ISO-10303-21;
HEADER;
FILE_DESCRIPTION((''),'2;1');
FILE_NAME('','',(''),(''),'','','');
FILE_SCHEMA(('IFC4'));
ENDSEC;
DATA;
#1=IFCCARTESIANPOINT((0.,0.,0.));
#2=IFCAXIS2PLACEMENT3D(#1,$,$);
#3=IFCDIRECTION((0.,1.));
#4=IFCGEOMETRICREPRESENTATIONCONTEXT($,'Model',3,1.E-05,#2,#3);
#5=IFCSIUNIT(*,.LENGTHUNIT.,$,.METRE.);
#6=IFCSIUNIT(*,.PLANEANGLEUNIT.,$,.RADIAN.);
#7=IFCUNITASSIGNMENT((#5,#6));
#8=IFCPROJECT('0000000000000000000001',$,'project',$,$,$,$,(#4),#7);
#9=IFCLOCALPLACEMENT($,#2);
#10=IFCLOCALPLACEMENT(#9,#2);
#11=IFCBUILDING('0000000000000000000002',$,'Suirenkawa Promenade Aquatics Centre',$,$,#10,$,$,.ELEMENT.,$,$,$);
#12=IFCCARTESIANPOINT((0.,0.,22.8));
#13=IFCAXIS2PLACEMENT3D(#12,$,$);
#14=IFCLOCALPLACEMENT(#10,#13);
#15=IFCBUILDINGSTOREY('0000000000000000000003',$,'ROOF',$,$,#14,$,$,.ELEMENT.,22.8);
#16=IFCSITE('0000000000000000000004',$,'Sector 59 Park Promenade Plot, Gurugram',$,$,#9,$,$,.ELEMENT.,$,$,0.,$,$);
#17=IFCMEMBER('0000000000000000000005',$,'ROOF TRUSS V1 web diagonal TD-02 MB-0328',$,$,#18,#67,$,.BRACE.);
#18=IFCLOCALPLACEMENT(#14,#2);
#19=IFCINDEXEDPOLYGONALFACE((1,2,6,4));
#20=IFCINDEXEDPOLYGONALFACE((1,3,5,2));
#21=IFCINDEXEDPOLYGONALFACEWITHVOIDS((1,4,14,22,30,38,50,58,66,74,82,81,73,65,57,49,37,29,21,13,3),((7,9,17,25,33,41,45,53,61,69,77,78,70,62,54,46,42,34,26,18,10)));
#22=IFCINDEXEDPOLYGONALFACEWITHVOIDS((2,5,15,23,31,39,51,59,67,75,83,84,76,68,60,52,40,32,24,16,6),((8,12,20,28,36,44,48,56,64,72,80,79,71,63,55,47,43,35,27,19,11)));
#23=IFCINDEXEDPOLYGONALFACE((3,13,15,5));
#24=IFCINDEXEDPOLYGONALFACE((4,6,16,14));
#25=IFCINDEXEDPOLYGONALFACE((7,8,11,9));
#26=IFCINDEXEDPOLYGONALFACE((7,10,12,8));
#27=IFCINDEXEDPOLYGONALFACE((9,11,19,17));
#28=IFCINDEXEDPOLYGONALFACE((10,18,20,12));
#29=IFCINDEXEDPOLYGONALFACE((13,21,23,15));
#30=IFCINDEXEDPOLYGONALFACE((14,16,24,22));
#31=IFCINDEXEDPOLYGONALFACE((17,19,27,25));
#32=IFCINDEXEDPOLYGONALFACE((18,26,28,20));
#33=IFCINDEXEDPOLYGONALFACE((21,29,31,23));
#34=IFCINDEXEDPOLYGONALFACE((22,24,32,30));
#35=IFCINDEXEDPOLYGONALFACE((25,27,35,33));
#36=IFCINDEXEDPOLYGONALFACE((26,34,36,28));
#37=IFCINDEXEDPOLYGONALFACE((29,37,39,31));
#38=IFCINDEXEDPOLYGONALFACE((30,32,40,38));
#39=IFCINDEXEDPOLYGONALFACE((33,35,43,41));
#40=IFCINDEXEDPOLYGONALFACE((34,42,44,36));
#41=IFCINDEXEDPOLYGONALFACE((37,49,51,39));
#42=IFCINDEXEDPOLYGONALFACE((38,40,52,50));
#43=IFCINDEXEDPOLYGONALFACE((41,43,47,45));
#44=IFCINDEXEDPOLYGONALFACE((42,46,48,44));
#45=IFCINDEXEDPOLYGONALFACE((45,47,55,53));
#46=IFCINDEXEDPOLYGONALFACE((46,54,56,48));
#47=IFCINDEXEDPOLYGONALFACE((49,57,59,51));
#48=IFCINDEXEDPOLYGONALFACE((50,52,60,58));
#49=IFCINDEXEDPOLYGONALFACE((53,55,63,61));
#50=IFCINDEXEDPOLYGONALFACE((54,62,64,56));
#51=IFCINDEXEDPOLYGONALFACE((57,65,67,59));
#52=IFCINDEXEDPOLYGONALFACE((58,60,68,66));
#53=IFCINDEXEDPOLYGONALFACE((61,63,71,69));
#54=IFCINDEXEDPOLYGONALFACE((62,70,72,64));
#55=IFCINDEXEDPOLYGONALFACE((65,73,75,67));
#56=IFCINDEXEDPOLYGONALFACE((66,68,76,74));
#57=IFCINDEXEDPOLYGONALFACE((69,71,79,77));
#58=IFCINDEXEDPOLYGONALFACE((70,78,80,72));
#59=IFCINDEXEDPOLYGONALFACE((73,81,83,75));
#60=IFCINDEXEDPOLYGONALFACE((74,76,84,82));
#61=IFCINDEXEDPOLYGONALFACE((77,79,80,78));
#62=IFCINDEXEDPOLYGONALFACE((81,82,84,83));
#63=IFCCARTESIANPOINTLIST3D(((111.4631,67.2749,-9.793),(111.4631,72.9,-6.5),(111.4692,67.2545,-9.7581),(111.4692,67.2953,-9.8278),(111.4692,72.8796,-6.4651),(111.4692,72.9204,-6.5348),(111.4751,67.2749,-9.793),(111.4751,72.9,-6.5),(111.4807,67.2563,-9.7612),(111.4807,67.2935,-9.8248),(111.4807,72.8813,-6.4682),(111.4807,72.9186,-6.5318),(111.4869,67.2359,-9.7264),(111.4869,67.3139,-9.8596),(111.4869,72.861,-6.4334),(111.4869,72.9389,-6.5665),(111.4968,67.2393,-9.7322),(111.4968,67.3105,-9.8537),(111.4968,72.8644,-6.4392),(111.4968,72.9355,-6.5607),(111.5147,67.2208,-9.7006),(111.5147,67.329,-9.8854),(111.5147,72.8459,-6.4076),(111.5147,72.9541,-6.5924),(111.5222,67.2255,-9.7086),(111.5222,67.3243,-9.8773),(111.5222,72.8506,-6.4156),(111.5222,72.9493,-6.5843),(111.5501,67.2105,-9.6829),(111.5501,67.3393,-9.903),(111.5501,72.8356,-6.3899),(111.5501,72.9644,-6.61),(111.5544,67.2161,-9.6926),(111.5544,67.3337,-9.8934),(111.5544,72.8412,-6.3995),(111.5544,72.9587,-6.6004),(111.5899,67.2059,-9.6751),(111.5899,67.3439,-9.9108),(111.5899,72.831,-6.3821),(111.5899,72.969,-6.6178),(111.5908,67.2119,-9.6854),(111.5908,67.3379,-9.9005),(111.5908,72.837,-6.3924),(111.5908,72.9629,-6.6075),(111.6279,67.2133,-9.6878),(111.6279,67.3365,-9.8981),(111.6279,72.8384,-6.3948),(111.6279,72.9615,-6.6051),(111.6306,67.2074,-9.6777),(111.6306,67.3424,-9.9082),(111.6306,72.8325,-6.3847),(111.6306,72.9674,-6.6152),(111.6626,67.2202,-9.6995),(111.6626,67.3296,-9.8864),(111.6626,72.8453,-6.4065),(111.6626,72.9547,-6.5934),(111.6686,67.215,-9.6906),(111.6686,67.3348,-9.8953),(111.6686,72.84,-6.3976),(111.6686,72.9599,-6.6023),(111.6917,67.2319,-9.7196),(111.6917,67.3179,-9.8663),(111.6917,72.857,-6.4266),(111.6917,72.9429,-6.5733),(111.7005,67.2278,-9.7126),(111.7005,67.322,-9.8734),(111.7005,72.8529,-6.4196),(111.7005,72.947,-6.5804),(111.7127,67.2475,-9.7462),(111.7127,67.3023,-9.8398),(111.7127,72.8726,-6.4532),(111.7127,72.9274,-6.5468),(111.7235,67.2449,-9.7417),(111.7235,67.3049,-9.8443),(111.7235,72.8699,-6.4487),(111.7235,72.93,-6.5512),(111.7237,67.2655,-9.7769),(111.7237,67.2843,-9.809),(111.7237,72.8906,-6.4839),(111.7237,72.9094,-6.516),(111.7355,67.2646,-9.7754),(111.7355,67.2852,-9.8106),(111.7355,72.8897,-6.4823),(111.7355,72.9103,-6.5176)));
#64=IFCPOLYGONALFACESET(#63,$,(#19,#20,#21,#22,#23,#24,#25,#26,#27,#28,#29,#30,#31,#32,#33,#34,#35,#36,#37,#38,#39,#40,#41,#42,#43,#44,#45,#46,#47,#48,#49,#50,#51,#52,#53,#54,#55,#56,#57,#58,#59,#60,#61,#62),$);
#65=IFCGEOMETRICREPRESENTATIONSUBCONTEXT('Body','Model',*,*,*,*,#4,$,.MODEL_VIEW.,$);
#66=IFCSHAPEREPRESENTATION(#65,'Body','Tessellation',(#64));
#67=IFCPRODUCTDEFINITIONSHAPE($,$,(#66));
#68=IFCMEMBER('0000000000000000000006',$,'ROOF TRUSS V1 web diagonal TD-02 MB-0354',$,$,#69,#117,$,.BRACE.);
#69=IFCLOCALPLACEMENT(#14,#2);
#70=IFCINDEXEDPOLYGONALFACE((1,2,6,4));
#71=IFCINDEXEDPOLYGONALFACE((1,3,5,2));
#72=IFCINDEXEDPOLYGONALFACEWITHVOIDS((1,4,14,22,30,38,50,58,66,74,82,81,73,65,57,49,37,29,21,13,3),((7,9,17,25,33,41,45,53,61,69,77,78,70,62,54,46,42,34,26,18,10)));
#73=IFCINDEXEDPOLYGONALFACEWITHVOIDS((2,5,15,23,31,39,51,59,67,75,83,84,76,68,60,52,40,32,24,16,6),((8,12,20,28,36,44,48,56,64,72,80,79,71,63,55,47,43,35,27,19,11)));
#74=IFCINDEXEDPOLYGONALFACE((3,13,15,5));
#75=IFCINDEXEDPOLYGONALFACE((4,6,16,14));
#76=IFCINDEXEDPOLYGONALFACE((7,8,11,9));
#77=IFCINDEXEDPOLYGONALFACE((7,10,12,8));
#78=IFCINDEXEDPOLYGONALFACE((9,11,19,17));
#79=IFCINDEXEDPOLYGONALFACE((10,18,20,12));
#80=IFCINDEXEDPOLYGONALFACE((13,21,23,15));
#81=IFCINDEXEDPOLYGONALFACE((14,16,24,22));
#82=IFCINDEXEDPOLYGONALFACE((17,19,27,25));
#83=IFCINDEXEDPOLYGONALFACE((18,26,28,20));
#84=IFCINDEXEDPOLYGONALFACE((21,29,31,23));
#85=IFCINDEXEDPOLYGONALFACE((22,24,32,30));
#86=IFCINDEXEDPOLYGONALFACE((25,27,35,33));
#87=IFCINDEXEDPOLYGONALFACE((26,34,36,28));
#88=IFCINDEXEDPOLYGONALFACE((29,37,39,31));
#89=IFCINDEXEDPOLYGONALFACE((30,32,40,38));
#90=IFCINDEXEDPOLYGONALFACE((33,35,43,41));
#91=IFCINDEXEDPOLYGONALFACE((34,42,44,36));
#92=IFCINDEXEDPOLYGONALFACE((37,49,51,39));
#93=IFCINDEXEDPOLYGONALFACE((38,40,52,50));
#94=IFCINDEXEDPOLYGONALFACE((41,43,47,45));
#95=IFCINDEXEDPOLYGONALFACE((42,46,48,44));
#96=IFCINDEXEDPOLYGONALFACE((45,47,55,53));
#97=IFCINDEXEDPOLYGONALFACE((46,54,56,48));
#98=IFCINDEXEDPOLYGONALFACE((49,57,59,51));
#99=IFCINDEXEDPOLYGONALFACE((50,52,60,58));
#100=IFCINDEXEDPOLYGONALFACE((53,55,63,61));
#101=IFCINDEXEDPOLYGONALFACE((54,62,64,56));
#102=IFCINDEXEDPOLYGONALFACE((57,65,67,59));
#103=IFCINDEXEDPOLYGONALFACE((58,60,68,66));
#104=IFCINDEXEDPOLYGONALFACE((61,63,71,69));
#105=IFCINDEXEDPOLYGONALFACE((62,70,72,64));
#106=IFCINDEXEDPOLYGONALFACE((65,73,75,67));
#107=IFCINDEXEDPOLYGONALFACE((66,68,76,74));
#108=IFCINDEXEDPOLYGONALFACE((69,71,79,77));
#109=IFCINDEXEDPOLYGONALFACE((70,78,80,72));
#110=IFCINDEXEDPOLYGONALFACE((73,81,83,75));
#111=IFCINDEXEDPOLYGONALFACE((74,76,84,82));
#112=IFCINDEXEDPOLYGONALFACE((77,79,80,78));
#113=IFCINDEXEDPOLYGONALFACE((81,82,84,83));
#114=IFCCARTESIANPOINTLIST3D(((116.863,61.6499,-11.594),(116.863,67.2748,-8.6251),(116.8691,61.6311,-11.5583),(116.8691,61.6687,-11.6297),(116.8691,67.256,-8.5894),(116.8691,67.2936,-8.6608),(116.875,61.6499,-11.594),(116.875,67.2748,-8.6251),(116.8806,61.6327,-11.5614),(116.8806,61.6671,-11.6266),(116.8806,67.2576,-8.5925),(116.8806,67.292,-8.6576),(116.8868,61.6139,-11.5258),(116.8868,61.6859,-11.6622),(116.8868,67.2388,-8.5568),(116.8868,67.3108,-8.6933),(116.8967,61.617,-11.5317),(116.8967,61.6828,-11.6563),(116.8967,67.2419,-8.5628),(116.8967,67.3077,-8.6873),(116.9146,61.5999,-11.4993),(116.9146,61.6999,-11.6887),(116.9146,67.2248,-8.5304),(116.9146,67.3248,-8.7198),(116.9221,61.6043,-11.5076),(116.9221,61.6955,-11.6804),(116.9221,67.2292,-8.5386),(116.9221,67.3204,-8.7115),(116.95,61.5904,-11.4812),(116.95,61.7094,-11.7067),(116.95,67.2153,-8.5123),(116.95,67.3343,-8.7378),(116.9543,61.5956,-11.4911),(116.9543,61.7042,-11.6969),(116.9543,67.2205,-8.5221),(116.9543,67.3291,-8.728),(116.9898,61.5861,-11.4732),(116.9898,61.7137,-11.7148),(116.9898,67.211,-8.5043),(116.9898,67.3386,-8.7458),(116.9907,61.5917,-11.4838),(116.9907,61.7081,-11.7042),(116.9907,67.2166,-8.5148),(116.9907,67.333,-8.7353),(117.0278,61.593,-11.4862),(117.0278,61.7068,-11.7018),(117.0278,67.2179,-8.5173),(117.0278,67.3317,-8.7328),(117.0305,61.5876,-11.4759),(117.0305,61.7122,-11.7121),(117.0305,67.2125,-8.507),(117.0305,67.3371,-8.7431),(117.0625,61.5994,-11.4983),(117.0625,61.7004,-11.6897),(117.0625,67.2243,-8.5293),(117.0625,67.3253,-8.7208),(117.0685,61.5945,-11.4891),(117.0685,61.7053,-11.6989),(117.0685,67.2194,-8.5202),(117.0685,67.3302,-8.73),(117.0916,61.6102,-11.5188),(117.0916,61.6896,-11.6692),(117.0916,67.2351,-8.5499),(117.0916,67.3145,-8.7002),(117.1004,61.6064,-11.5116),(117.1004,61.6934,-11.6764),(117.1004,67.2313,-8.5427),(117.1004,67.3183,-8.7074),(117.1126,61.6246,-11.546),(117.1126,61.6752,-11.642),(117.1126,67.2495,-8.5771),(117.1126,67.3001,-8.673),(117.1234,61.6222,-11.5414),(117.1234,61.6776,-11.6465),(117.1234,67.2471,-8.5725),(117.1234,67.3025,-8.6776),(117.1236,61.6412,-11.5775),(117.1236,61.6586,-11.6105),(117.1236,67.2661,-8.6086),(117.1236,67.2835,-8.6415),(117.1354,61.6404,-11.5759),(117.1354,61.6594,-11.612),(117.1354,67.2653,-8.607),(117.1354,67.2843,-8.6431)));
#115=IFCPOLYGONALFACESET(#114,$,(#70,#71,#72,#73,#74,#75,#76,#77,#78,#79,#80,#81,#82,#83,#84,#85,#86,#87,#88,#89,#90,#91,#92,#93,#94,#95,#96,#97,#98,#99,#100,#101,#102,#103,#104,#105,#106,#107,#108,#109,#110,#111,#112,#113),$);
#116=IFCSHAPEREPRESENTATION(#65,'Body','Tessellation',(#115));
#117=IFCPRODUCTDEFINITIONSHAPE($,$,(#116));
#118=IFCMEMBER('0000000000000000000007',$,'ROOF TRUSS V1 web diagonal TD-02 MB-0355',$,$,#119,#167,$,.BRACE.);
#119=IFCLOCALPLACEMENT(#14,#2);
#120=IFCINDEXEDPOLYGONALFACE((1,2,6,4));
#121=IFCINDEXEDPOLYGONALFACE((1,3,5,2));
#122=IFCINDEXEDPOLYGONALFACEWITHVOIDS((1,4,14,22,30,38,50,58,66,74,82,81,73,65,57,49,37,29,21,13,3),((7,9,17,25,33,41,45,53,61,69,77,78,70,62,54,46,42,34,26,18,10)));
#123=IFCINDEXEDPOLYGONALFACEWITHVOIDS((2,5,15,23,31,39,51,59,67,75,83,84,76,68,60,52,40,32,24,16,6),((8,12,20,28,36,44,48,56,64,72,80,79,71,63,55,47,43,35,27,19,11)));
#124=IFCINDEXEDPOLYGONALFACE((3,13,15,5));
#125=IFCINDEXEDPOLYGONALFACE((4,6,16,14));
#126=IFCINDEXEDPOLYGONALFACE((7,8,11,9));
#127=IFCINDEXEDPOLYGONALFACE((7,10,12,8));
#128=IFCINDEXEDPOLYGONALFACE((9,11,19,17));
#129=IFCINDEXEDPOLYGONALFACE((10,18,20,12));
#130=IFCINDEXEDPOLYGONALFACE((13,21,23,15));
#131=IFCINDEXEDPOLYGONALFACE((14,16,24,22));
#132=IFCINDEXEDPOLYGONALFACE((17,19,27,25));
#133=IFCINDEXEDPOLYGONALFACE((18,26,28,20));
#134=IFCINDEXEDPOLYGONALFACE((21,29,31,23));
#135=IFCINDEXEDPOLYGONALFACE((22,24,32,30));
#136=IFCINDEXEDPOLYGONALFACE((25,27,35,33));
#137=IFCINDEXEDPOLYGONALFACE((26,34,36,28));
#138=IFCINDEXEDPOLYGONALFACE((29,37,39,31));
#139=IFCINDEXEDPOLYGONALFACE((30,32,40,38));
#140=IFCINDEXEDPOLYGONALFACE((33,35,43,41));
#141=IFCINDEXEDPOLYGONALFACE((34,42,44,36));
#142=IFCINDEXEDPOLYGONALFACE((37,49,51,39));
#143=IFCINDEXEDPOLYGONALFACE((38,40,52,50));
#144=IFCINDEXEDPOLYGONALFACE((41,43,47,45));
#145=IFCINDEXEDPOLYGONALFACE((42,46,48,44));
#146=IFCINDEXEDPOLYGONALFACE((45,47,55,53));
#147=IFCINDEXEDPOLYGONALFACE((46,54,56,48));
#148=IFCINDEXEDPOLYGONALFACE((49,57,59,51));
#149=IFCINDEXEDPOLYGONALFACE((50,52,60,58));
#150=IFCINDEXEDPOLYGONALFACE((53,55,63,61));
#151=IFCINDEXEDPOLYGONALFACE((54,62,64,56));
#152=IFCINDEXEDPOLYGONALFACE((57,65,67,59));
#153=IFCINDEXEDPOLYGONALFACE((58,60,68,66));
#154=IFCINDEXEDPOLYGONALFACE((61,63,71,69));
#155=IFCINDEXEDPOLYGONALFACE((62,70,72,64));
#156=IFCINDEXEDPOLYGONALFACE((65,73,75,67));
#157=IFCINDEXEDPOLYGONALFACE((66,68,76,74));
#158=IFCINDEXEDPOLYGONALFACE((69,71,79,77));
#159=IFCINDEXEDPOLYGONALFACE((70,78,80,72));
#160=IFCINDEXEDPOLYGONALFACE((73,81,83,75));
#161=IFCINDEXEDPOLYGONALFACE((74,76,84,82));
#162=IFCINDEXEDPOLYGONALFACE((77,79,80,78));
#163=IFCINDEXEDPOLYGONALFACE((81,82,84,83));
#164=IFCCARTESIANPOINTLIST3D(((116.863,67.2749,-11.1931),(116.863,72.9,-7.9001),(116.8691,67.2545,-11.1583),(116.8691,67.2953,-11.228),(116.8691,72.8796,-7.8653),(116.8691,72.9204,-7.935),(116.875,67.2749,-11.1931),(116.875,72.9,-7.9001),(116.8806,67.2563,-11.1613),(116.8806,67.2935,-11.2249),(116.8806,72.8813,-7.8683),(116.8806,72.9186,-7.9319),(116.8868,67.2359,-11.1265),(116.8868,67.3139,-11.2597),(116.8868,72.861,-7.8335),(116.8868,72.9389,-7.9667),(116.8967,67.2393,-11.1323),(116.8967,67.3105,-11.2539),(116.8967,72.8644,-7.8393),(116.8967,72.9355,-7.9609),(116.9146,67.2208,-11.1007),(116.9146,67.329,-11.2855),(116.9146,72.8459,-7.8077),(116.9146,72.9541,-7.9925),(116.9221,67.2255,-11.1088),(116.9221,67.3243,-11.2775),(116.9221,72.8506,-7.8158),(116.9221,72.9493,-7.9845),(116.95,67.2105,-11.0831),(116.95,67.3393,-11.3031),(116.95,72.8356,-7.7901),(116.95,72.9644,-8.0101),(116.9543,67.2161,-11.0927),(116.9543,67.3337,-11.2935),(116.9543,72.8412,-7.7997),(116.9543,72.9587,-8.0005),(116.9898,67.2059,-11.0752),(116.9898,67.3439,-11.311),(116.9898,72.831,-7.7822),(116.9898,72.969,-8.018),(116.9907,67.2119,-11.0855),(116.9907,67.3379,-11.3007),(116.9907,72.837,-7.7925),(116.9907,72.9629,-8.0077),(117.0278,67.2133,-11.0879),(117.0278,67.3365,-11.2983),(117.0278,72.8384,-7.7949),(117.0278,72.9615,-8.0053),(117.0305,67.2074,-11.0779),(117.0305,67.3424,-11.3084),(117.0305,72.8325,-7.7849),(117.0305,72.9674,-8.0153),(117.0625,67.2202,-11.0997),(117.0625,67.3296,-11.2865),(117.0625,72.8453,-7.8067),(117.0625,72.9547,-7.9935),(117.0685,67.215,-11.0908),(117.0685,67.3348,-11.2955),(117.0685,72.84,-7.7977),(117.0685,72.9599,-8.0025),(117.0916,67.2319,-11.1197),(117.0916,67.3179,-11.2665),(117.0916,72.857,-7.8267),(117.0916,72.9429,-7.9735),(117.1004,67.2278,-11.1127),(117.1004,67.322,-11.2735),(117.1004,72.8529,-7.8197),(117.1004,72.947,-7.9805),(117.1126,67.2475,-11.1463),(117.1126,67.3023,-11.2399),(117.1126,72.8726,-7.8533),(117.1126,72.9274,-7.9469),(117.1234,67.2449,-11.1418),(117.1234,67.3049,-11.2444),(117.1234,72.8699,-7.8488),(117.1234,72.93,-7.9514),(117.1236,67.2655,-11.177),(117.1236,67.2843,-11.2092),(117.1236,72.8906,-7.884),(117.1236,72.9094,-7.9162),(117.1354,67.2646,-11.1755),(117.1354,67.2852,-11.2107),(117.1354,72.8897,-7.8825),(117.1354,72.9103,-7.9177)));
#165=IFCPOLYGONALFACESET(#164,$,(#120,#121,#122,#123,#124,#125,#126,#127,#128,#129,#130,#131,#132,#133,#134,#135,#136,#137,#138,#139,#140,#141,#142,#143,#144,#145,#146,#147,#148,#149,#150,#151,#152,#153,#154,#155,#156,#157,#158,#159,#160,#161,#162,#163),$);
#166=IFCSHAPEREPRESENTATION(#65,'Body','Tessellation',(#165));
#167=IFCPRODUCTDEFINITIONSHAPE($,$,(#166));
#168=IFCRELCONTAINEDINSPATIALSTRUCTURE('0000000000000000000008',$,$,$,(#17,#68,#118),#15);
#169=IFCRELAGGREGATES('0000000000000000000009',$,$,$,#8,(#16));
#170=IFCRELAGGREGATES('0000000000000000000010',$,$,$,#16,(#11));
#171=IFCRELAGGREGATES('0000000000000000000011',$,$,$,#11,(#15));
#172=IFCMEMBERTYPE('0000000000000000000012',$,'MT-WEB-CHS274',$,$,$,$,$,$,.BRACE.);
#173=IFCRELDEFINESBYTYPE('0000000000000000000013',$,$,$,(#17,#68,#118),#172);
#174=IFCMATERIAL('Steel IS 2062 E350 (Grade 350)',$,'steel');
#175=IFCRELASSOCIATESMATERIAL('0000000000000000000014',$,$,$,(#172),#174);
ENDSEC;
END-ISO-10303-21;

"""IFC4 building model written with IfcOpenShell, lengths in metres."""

from ifc_helpers import new_model, si_unit, direction, frame, origin, origin_2d, place, context, subcontext, project, spatial, hollow_circle, extrude, material, material_profile, profile_set, type_object, element, save


model = new_model("IFC4")

# Units and contexts
model_context = context("Model", 3, precision=1e-05, world=origin(), true_north=direction((0.0, 1.0)))
body_context = subcontext(model_context, "Body", "Model", "MODEL_VIEW")
ifc_project = project(units=[si_unit("LENGTHUNIT", "METRE"), si_unit("PLANEANGLEUNIT", "RADIAN")], contexts=[model_context])

# Site, building, storey
site_placement = place(None, origin())
site = spatial("IfcSite", under=ifc_project, at=site_placement, Name="Sector 59 Park Promenade Plot, Gurugram", CompositionType="ELEMENT", RefElevation=0.0)
building_placement = place(site_placement, origin())
building = spatial("IfcBuilding", under=site, at=building_placement, Name="Suirenkawa Promenade Aquatics Centre", CompositionType="ELEMENT")
storey_placement = place(building_placement, frame((0.0, 0.0, 22.8)))
storey = spatial("IfcBuildingStorey", under=building, at=storey_placement, Name="ROOF", CompositionType="ELEMENT", Elevation=22.8)

# Shared definitions
ifc_material = material(Name="Steel IS 2062 E350 (Grade 350)", Category="steel")

# Members
ifc_material_profile_1 = material_profile(ifc_material, hollow_circle(Radius=0.137, WallThickness=0.012, at=origin_2d()), Name="CHS 274x12", Category="steel")
ifc_profile_set_1 = profile_set([ifc_material_profile_1], Name="Steel IS 2062 E350 (Grade 350)")
member_type_1 = type_object("IfcMemberType", Name="MT-WEB-CHS274", PredefinedType="BRACE", material=ifc_profile_set_1)
member_1_placement = place(storey_placement, frame((111.6001, 67.2749, -9.793), z_axis=(0.0, 0.862995, 0.505212), x_axis=(-1.0, 0.0, 0.0)))
element("IfcMember", 1, at=member_1_placement, inside=storey, type_object=member_type_1, Name="ROOF TRUSS V1 web diagonal TD-02 MB-0328", PredefinedType="BRACE", context=body_context, shape_type="SweptSolid", body=[
    extrude(hollow_circle(Radius=0.137, WallThickness=0.012, at=origin_2d()), origin(), (0.0, 0.0, 1.0), 6.5181),
])
member_2_placement = place(storey_placement, frame((117.0, 61.6499, -11.594), z_axis=(0.0, 0.884369, 0.466789), x_axis=(-1.0, 0.0, 0.0)))
element("IfcMember", 2, at=member_2_placement, inside=storey, type_object=member_type_1, Name="ROOF TRUSS V1 web diagonal TD-02 MB-0354", PredefinedType="BRACE", context=body_context, shape_type="SweptSolid", body=[
    extrude(hollow_circle(Radius=0.137, WallThickness=0.012, at=origin_2d()), origin(), (0.0, 0.0, 1.0), 6.3604),
])
member_3_placement = place(storey_placement, frame((117.0, 67.2749, -11.1931), z_axis=(0.0, 0.862995, 0.505212), x_axis=(-1.0, 0.0, 0.0)))
element("IfcMember", 3, at=member_3_placement, inside=storey, type_object=member_type_1, Name="ROOF TRUSS V1 web diagonal TD-02 MB-0355", PredefinedType="BRACE", context=body_context, shape_type="SweptSolid", body=[
    extrude(hollow_circle(Radius=0.137, WallThickness=0.012, at=origin_2d()), origin(), (0.0, 0.0, 1.0), 6.5181),
])

save(model, "model.ifc")
